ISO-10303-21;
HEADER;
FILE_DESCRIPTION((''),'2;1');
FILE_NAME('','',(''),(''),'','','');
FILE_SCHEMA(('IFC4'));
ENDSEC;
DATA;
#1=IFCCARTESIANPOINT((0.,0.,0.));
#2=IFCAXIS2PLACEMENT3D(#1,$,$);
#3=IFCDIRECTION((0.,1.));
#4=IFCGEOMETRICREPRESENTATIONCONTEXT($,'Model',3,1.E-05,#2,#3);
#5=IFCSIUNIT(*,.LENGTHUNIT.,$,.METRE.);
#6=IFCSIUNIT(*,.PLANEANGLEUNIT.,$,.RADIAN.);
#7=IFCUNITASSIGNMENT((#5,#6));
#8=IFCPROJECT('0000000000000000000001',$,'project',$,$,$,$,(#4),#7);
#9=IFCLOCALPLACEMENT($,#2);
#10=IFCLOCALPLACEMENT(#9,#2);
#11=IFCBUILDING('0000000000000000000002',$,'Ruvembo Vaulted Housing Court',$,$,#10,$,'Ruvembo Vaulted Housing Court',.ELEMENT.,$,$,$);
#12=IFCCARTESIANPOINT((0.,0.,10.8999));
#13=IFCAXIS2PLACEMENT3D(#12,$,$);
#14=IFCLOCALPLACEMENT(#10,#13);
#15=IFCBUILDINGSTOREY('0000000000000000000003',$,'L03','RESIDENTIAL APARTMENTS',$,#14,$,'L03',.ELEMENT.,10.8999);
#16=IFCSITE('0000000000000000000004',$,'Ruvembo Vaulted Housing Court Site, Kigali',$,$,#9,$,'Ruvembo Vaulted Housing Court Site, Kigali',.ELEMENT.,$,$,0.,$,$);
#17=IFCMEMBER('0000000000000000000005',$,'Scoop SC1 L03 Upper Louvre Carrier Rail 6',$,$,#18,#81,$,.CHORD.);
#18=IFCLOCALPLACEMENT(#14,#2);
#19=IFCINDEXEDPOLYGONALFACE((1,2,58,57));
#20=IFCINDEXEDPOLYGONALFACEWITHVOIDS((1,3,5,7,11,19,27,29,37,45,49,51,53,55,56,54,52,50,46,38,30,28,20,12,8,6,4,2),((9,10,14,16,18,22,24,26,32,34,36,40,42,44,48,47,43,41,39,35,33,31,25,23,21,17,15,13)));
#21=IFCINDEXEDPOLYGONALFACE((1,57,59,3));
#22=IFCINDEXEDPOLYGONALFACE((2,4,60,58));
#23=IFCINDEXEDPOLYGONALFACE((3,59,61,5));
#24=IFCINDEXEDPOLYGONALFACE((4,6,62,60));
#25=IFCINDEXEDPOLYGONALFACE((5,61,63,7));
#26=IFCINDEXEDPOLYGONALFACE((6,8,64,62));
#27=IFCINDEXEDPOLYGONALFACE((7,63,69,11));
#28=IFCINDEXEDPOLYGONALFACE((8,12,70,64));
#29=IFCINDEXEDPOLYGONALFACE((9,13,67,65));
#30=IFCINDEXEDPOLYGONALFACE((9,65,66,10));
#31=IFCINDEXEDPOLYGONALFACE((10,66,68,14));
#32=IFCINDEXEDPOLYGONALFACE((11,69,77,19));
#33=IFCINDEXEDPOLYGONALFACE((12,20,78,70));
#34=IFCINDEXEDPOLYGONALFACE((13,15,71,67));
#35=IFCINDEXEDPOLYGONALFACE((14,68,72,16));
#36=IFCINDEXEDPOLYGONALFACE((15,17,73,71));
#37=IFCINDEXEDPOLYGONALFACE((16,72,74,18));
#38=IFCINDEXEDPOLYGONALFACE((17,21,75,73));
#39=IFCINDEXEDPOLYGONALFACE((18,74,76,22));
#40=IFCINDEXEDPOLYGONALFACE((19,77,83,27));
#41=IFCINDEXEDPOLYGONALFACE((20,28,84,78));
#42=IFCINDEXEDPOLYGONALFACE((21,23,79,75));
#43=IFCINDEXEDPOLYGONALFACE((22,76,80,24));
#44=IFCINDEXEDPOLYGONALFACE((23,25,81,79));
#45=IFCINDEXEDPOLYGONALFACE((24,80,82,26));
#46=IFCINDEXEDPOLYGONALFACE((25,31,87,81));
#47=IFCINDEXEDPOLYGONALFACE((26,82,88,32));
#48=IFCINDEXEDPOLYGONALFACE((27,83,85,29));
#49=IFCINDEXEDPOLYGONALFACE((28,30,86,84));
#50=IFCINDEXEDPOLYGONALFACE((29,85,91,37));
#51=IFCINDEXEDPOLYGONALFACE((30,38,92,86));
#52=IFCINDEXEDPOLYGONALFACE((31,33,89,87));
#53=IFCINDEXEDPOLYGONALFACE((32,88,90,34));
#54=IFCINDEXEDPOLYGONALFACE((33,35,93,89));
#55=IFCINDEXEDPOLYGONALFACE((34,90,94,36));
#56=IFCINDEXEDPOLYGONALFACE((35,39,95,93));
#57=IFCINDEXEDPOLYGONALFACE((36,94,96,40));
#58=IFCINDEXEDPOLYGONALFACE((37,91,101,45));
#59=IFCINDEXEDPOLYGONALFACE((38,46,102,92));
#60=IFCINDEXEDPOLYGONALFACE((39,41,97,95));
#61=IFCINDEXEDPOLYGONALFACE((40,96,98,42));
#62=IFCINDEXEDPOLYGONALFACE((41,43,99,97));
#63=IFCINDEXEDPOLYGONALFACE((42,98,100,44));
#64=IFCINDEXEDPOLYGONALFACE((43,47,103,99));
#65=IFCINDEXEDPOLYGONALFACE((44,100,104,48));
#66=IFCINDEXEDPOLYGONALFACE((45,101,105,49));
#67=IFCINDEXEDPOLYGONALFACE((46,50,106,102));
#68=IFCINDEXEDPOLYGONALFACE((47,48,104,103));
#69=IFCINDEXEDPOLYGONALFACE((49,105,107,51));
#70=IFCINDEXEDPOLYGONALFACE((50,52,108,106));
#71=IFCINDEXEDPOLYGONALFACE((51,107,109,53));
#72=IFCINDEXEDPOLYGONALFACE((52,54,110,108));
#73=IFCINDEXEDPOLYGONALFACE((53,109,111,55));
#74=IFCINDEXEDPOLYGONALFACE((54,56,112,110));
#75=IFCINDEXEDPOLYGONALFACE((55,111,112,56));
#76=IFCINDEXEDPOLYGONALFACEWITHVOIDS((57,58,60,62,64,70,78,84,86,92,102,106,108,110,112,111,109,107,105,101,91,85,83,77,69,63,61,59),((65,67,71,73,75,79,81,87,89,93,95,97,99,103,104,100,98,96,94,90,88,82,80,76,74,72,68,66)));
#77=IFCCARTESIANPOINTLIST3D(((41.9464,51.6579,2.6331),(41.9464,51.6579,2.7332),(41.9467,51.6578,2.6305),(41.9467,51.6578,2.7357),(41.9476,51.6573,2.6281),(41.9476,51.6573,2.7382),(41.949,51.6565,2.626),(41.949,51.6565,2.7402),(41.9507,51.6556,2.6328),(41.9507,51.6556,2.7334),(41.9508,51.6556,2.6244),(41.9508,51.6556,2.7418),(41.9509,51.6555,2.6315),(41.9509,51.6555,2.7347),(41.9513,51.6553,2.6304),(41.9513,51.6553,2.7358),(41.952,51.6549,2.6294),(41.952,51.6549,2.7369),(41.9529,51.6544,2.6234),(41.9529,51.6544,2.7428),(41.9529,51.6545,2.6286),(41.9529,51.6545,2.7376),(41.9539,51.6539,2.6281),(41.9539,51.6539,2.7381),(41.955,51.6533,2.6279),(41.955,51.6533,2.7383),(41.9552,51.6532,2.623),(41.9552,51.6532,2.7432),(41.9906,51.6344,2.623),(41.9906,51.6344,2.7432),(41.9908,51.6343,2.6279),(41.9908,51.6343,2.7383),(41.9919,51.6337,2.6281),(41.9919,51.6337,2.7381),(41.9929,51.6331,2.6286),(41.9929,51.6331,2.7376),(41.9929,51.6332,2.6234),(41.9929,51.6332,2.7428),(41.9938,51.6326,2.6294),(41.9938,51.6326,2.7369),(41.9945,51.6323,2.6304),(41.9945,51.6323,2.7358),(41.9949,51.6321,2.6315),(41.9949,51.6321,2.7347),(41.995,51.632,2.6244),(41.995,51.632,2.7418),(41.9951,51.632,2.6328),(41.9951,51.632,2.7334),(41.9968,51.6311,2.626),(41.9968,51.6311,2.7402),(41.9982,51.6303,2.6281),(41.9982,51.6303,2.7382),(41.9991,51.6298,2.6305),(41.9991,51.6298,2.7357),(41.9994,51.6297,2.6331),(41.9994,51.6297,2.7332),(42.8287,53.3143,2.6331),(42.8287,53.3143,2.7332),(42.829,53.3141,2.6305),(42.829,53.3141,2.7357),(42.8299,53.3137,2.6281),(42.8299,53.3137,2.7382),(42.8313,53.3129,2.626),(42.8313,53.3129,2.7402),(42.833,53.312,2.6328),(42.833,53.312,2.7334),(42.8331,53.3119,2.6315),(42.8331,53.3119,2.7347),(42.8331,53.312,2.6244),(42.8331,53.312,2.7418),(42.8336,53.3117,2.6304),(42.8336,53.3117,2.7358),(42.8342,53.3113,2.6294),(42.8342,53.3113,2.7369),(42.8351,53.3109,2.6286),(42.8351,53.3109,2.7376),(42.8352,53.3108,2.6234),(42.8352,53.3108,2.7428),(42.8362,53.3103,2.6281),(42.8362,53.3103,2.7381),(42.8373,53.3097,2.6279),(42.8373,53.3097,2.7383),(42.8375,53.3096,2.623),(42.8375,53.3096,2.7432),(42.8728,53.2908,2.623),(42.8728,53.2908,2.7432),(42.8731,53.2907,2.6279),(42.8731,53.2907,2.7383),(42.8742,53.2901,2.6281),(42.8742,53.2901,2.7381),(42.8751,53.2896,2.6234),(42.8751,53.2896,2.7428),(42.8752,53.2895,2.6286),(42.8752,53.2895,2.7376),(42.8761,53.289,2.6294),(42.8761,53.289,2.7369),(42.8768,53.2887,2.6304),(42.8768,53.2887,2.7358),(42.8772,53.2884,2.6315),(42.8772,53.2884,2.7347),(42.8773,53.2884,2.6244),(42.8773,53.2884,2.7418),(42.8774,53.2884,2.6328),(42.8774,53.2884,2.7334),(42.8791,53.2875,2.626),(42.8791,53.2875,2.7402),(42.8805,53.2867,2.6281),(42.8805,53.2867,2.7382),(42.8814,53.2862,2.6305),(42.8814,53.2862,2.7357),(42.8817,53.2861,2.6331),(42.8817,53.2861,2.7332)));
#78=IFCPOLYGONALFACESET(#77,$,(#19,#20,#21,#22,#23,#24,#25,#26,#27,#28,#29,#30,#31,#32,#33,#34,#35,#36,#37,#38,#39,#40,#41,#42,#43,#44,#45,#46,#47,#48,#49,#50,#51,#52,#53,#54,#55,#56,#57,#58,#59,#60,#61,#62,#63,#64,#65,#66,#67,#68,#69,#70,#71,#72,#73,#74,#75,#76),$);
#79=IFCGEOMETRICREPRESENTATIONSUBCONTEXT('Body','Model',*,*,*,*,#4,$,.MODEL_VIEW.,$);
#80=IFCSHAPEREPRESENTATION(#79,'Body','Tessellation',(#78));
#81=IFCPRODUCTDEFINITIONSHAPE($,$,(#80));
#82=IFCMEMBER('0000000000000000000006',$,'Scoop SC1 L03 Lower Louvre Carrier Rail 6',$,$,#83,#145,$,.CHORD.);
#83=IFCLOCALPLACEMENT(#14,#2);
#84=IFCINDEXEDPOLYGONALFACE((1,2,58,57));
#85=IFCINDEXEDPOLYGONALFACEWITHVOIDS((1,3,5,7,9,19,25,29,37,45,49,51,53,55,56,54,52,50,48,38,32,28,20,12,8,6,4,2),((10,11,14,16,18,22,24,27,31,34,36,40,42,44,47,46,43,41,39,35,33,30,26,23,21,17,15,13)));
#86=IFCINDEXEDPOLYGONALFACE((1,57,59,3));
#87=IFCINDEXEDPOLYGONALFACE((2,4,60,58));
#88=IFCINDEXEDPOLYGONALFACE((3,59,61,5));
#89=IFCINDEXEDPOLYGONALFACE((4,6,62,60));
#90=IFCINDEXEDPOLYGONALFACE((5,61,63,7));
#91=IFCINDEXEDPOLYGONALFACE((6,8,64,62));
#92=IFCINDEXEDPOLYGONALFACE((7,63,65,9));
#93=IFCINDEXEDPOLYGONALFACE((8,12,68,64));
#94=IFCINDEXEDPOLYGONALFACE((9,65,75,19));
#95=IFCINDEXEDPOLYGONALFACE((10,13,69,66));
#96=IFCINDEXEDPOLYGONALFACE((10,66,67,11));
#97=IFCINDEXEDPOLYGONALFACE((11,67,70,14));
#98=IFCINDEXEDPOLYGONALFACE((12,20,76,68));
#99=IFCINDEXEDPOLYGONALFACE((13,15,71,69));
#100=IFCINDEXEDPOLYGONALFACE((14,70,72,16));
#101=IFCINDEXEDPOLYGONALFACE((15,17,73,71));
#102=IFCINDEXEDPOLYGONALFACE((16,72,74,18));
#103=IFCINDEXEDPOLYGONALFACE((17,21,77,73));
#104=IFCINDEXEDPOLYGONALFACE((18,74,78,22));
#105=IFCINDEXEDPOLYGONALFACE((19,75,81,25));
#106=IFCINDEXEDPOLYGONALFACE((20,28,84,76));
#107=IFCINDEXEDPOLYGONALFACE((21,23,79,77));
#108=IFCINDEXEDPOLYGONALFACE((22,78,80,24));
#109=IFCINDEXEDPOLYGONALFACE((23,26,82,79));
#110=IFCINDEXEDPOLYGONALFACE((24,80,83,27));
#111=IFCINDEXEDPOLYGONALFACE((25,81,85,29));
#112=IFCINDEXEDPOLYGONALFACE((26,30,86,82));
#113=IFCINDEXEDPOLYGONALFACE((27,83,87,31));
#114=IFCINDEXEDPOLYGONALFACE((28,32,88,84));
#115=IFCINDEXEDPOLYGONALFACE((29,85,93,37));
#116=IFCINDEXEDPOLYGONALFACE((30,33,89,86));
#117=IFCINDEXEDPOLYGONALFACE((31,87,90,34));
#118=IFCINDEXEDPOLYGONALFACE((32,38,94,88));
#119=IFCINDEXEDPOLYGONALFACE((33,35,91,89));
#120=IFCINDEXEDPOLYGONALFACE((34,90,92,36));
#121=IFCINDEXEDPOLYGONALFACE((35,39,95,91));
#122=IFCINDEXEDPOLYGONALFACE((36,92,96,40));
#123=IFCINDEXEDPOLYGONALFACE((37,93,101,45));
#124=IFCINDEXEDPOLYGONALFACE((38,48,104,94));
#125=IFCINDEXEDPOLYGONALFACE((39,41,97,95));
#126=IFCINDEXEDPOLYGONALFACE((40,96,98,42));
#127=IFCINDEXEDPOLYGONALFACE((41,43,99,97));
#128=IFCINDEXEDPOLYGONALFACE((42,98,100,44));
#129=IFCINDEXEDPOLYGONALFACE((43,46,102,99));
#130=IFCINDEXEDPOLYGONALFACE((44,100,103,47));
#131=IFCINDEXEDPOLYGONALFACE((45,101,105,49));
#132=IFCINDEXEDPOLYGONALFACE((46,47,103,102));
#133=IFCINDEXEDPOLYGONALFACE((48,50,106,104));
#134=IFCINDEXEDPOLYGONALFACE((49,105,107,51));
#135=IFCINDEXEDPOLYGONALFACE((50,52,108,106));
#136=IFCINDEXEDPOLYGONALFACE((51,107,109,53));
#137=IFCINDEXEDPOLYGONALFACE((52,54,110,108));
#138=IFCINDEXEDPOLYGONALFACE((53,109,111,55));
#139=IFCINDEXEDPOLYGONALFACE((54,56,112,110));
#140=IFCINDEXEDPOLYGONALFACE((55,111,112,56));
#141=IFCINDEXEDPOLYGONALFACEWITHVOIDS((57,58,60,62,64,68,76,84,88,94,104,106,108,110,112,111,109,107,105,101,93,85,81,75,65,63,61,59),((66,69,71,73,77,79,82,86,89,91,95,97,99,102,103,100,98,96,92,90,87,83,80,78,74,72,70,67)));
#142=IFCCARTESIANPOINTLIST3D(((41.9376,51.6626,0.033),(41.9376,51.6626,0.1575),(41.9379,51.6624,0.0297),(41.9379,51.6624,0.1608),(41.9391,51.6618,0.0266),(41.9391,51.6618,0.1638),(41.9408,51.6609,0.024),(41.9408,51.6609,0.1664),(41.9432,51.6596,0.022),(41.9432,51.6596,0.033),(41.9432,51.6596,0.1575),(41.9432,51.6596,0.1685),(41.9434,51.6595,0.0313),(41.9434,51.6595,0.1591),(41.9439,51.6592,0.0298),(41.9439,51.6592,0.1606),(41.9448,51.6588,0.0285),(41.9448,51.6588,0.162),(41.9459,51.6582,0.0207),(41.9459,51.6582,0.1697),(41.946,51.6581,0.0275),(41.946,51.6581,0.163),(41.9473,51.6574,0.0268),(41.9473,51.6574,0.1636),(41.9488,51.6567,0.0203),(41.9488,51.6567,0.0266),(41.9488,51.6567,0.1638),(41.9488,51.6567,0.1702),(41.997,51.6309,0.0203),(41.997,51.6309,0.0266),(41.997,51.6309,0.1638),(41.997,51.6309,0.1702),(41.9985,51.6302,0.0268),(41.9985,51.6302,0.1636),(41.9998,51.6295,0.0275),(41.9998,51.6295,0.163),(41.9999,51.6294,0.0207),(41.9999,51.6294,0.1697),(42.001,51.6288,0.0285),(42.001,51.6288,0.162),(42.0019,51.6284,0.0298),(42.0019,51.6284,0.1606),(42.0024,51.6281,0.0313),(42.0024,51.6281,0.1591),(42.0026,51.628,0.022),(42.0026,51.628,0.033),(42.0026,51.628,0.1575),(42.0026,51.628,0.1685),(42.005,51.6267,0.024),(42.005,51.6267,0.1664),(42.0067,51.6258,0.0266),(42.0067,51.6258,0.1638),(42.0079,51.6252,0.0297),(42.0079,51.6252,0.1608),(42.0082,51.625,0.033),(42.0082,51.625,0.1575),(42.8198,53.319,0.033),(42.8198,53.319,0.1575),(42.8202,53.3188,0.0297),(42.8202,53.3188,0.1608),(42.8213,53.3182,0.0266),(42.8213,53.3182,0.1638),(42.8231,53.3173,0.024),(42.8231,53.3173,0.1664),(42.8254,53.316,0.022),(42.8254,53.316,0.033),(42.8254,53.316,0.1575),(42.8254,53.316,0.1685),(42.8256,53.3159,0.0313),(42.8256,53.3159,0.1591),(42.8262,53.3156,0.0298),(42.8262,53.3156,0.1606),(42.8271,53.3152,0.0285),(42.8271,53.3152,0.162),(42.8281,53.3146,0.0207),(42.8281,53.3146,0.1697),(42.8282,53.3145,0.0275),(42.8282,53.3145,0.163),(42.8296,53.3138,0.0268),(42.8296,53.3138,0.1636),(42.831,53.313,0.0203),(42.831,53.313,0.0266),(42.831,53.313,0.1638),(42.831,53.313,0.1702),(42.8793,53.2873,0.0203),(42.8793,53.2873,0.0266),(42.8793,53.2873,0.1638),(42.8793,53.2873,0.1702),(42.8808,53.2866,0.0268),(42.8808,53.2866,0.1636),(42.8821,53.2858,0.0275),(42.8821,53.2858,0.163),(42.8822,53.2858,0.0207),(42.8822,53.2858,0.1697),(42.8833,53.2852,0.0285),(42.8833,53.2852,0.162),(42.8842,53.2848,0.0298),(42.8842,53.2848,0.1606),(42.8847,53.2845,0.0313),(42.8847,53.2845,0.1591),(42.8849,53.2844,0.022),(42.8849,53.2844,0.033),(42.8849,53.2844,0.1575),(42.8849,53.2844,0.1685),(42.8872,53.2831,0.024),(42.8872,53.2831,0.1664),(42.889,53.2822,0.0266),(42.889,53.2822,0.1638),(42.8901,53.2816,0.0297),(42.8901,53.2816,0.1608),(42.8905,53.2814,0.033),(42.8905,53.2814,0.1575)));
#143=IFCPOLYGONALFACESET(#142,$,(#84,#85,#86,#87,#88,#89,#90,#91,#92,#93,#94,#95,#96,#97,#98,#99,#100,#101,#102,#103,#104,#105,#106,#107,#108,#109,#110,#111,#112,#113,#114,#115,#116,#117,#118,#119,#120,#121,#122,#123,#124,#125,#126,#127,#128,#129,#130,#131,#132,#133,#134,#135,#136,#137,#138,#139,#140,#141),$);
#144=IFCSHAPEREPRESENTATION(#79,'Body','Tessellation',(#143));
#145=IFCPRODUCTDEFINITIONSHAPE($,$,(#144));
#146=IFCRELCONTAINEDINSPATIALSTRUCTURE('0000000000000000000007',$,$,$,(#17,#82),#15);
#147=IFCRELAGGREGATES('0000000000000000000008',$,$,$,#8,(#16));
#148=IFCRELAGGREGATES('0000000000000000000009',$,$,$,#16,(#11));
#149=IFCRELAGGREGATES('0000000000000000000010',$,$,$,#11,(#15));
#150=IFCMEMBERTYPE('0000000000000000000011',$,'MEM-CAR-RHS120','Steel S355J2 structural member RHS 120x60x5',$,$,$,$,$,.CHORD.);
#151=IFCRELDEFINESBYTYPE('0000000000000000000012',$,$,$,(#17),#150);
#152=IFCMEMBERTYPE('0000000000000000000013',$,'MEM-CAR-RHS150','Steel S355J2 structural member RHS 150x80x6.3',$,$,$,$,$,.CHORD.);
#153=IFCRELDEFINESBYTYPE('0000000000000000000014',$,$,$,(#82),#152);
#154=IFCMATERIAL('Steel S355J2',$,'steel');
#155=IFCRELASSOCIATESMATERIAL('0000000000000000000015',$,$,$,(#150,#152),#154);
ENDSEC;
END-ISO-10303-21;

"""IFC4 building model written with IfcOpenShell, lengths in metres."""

from ifc_helpers import new_model, si_unit, direction, frame, origin, origin_2d, place, context, subcontext, project, spatial, hollow_rectangle, extrude, material, material_profile, profile_set, type_object, element, save


model = new_model("IFC4")

# Units and contexts
model_context = context("Model", 3, precision=1e-05, world=origin(), true_north=direction((0.0, 1.0)))
body_context = subcontext(model_context, "Body", "Model", "MODEL_VIEW")
ifc_project = project(units=[si_unit("LENGTHUNIT", "METRE"), si_unit("PLANEANGLEUNIT", "RADIAN")], contexts=[model_context])

# Site, building, storey
site_placement = place(None, origin())
site = spatial("IfcSite", under=ifc_project, at=site_placement, Name="Ruvembo Vaulted Housing Court Site, Kigali", LongName="Ruvembo Vaulted Housing Court Site, Kigali", CompositionType="ELEMENT", RefElevation=0.0)
building_placement = place(site_placement, origin())
building = spatial("IfcBuilding", under=site, at=building_placement, Name="Ruvembo Vaulted Housing Court", LongName="Ruvembo Vaulted Housing Court", CompositionType="ELEMENT")
storey_placement = place(building_placement, frame((0.0, 0.0, 10.8999)))
storey = spatial("IfcBuildingStorey", under=building, at=storey_placement, Name="L03", Description="RESIDENTIAL APARTMENTS", LongName="L03", CompositionType="ELEMENT", Elevation=10.8999)

# Shared definitions
ifc_material_1 = material(Name="Steel S355J2", Category="steel")

# Members
ifc_material_profile_1 = material_profile(ifc_material_1, hollow_rectangle(XDim=0.0601, YDim=0.1201, WallThickness=0.0049, InnerFilletRadius=0.0049, OuterFilletRadius=0.01, at=origin_2d()), Name="RHS 120x60x5")
ifc_profile_set_1 = profile_set([ifc_material_profile_1], Name="Steel S355J2")
member_type_1 = type_object("IfcMemberType", Name="MEM-CAR-RHS120", Description="Steel S355J2 structural member RHS 120x60x5", PredefinedType="CHORD", material=ifc_profile_set_1)
member_1_placement = place(storey_placement, frame((41.9729, 51.6438, 2.6831), z_axis=(0.470116, 0.882605, 0.0), x_axis=(-0.882605, 0.470116, 0.0)))
element("IfcMember", 1, at=member_1_placement, inside=storey, type_object=member_type_1, Name="Scoop SC1 L03 Upper Louvre Carrier Rail 6", PredefinedType="CHORD", context=body_context, shape_type="SweptSolid", body=[
    extrude(hollow_rectangle(XDim=0.0601, YDim=0.1201, WallThickness=0.0049, InnerFilletRadius=0.0049, OuterFilletRadius=0.01, at=origin_2d()), origin(), (0.0, 0.0, 1.0), 1.8767),
])
ifc_material_profile_2 = material_profile(ifc_material_1, hollow_rectangle(XDim=0.0801, YDim=0.1499, WallThickness=0.0063, InnerFilletRadius=0.0063, OuterFilletRadius=0.0127, at=origin_2d()), Name="RHS 150x80x6.3")
ifc_profile_set_2 = profile_set([ifc_material_profile_2], Name="Steel S355J2")
member_type_2 = type_object("IfcMemberType", Name="MEM-CAR-RHS150", Description="Steel S355J2 structural member RHS 150x80x6.3", PredefinedType="CHORD", material=ifc_profile_set_2)
member_2_placement = place(storey_placement, frame((41.9729, 51.6438, 0.0952), z_axis=(0.470116, 0.882605, 0.0), x_axis=(-0.882605, 0.470116, 0.0)))
element("IfcMember", 2, at=member_2_placement, inside=storey, type_object=member_type_2, Name="Scoop SC1 L03 Lower Louvre Carrier Rail 6", PredefinedType="CHORD", context=body_context, shape_type="SweptSolid", body=[
    extrude(hollow_rectangle(XDim=0.0801, YDim=0.1499, WallThickness=0.0063, InnerFilletRadius=0.0063, OuterFilletRadius=0.0127, at=origin_2d()), origin(), (0.0, 0.0, 1.0), 1.8767),
])

save(model, "model.ifc")
